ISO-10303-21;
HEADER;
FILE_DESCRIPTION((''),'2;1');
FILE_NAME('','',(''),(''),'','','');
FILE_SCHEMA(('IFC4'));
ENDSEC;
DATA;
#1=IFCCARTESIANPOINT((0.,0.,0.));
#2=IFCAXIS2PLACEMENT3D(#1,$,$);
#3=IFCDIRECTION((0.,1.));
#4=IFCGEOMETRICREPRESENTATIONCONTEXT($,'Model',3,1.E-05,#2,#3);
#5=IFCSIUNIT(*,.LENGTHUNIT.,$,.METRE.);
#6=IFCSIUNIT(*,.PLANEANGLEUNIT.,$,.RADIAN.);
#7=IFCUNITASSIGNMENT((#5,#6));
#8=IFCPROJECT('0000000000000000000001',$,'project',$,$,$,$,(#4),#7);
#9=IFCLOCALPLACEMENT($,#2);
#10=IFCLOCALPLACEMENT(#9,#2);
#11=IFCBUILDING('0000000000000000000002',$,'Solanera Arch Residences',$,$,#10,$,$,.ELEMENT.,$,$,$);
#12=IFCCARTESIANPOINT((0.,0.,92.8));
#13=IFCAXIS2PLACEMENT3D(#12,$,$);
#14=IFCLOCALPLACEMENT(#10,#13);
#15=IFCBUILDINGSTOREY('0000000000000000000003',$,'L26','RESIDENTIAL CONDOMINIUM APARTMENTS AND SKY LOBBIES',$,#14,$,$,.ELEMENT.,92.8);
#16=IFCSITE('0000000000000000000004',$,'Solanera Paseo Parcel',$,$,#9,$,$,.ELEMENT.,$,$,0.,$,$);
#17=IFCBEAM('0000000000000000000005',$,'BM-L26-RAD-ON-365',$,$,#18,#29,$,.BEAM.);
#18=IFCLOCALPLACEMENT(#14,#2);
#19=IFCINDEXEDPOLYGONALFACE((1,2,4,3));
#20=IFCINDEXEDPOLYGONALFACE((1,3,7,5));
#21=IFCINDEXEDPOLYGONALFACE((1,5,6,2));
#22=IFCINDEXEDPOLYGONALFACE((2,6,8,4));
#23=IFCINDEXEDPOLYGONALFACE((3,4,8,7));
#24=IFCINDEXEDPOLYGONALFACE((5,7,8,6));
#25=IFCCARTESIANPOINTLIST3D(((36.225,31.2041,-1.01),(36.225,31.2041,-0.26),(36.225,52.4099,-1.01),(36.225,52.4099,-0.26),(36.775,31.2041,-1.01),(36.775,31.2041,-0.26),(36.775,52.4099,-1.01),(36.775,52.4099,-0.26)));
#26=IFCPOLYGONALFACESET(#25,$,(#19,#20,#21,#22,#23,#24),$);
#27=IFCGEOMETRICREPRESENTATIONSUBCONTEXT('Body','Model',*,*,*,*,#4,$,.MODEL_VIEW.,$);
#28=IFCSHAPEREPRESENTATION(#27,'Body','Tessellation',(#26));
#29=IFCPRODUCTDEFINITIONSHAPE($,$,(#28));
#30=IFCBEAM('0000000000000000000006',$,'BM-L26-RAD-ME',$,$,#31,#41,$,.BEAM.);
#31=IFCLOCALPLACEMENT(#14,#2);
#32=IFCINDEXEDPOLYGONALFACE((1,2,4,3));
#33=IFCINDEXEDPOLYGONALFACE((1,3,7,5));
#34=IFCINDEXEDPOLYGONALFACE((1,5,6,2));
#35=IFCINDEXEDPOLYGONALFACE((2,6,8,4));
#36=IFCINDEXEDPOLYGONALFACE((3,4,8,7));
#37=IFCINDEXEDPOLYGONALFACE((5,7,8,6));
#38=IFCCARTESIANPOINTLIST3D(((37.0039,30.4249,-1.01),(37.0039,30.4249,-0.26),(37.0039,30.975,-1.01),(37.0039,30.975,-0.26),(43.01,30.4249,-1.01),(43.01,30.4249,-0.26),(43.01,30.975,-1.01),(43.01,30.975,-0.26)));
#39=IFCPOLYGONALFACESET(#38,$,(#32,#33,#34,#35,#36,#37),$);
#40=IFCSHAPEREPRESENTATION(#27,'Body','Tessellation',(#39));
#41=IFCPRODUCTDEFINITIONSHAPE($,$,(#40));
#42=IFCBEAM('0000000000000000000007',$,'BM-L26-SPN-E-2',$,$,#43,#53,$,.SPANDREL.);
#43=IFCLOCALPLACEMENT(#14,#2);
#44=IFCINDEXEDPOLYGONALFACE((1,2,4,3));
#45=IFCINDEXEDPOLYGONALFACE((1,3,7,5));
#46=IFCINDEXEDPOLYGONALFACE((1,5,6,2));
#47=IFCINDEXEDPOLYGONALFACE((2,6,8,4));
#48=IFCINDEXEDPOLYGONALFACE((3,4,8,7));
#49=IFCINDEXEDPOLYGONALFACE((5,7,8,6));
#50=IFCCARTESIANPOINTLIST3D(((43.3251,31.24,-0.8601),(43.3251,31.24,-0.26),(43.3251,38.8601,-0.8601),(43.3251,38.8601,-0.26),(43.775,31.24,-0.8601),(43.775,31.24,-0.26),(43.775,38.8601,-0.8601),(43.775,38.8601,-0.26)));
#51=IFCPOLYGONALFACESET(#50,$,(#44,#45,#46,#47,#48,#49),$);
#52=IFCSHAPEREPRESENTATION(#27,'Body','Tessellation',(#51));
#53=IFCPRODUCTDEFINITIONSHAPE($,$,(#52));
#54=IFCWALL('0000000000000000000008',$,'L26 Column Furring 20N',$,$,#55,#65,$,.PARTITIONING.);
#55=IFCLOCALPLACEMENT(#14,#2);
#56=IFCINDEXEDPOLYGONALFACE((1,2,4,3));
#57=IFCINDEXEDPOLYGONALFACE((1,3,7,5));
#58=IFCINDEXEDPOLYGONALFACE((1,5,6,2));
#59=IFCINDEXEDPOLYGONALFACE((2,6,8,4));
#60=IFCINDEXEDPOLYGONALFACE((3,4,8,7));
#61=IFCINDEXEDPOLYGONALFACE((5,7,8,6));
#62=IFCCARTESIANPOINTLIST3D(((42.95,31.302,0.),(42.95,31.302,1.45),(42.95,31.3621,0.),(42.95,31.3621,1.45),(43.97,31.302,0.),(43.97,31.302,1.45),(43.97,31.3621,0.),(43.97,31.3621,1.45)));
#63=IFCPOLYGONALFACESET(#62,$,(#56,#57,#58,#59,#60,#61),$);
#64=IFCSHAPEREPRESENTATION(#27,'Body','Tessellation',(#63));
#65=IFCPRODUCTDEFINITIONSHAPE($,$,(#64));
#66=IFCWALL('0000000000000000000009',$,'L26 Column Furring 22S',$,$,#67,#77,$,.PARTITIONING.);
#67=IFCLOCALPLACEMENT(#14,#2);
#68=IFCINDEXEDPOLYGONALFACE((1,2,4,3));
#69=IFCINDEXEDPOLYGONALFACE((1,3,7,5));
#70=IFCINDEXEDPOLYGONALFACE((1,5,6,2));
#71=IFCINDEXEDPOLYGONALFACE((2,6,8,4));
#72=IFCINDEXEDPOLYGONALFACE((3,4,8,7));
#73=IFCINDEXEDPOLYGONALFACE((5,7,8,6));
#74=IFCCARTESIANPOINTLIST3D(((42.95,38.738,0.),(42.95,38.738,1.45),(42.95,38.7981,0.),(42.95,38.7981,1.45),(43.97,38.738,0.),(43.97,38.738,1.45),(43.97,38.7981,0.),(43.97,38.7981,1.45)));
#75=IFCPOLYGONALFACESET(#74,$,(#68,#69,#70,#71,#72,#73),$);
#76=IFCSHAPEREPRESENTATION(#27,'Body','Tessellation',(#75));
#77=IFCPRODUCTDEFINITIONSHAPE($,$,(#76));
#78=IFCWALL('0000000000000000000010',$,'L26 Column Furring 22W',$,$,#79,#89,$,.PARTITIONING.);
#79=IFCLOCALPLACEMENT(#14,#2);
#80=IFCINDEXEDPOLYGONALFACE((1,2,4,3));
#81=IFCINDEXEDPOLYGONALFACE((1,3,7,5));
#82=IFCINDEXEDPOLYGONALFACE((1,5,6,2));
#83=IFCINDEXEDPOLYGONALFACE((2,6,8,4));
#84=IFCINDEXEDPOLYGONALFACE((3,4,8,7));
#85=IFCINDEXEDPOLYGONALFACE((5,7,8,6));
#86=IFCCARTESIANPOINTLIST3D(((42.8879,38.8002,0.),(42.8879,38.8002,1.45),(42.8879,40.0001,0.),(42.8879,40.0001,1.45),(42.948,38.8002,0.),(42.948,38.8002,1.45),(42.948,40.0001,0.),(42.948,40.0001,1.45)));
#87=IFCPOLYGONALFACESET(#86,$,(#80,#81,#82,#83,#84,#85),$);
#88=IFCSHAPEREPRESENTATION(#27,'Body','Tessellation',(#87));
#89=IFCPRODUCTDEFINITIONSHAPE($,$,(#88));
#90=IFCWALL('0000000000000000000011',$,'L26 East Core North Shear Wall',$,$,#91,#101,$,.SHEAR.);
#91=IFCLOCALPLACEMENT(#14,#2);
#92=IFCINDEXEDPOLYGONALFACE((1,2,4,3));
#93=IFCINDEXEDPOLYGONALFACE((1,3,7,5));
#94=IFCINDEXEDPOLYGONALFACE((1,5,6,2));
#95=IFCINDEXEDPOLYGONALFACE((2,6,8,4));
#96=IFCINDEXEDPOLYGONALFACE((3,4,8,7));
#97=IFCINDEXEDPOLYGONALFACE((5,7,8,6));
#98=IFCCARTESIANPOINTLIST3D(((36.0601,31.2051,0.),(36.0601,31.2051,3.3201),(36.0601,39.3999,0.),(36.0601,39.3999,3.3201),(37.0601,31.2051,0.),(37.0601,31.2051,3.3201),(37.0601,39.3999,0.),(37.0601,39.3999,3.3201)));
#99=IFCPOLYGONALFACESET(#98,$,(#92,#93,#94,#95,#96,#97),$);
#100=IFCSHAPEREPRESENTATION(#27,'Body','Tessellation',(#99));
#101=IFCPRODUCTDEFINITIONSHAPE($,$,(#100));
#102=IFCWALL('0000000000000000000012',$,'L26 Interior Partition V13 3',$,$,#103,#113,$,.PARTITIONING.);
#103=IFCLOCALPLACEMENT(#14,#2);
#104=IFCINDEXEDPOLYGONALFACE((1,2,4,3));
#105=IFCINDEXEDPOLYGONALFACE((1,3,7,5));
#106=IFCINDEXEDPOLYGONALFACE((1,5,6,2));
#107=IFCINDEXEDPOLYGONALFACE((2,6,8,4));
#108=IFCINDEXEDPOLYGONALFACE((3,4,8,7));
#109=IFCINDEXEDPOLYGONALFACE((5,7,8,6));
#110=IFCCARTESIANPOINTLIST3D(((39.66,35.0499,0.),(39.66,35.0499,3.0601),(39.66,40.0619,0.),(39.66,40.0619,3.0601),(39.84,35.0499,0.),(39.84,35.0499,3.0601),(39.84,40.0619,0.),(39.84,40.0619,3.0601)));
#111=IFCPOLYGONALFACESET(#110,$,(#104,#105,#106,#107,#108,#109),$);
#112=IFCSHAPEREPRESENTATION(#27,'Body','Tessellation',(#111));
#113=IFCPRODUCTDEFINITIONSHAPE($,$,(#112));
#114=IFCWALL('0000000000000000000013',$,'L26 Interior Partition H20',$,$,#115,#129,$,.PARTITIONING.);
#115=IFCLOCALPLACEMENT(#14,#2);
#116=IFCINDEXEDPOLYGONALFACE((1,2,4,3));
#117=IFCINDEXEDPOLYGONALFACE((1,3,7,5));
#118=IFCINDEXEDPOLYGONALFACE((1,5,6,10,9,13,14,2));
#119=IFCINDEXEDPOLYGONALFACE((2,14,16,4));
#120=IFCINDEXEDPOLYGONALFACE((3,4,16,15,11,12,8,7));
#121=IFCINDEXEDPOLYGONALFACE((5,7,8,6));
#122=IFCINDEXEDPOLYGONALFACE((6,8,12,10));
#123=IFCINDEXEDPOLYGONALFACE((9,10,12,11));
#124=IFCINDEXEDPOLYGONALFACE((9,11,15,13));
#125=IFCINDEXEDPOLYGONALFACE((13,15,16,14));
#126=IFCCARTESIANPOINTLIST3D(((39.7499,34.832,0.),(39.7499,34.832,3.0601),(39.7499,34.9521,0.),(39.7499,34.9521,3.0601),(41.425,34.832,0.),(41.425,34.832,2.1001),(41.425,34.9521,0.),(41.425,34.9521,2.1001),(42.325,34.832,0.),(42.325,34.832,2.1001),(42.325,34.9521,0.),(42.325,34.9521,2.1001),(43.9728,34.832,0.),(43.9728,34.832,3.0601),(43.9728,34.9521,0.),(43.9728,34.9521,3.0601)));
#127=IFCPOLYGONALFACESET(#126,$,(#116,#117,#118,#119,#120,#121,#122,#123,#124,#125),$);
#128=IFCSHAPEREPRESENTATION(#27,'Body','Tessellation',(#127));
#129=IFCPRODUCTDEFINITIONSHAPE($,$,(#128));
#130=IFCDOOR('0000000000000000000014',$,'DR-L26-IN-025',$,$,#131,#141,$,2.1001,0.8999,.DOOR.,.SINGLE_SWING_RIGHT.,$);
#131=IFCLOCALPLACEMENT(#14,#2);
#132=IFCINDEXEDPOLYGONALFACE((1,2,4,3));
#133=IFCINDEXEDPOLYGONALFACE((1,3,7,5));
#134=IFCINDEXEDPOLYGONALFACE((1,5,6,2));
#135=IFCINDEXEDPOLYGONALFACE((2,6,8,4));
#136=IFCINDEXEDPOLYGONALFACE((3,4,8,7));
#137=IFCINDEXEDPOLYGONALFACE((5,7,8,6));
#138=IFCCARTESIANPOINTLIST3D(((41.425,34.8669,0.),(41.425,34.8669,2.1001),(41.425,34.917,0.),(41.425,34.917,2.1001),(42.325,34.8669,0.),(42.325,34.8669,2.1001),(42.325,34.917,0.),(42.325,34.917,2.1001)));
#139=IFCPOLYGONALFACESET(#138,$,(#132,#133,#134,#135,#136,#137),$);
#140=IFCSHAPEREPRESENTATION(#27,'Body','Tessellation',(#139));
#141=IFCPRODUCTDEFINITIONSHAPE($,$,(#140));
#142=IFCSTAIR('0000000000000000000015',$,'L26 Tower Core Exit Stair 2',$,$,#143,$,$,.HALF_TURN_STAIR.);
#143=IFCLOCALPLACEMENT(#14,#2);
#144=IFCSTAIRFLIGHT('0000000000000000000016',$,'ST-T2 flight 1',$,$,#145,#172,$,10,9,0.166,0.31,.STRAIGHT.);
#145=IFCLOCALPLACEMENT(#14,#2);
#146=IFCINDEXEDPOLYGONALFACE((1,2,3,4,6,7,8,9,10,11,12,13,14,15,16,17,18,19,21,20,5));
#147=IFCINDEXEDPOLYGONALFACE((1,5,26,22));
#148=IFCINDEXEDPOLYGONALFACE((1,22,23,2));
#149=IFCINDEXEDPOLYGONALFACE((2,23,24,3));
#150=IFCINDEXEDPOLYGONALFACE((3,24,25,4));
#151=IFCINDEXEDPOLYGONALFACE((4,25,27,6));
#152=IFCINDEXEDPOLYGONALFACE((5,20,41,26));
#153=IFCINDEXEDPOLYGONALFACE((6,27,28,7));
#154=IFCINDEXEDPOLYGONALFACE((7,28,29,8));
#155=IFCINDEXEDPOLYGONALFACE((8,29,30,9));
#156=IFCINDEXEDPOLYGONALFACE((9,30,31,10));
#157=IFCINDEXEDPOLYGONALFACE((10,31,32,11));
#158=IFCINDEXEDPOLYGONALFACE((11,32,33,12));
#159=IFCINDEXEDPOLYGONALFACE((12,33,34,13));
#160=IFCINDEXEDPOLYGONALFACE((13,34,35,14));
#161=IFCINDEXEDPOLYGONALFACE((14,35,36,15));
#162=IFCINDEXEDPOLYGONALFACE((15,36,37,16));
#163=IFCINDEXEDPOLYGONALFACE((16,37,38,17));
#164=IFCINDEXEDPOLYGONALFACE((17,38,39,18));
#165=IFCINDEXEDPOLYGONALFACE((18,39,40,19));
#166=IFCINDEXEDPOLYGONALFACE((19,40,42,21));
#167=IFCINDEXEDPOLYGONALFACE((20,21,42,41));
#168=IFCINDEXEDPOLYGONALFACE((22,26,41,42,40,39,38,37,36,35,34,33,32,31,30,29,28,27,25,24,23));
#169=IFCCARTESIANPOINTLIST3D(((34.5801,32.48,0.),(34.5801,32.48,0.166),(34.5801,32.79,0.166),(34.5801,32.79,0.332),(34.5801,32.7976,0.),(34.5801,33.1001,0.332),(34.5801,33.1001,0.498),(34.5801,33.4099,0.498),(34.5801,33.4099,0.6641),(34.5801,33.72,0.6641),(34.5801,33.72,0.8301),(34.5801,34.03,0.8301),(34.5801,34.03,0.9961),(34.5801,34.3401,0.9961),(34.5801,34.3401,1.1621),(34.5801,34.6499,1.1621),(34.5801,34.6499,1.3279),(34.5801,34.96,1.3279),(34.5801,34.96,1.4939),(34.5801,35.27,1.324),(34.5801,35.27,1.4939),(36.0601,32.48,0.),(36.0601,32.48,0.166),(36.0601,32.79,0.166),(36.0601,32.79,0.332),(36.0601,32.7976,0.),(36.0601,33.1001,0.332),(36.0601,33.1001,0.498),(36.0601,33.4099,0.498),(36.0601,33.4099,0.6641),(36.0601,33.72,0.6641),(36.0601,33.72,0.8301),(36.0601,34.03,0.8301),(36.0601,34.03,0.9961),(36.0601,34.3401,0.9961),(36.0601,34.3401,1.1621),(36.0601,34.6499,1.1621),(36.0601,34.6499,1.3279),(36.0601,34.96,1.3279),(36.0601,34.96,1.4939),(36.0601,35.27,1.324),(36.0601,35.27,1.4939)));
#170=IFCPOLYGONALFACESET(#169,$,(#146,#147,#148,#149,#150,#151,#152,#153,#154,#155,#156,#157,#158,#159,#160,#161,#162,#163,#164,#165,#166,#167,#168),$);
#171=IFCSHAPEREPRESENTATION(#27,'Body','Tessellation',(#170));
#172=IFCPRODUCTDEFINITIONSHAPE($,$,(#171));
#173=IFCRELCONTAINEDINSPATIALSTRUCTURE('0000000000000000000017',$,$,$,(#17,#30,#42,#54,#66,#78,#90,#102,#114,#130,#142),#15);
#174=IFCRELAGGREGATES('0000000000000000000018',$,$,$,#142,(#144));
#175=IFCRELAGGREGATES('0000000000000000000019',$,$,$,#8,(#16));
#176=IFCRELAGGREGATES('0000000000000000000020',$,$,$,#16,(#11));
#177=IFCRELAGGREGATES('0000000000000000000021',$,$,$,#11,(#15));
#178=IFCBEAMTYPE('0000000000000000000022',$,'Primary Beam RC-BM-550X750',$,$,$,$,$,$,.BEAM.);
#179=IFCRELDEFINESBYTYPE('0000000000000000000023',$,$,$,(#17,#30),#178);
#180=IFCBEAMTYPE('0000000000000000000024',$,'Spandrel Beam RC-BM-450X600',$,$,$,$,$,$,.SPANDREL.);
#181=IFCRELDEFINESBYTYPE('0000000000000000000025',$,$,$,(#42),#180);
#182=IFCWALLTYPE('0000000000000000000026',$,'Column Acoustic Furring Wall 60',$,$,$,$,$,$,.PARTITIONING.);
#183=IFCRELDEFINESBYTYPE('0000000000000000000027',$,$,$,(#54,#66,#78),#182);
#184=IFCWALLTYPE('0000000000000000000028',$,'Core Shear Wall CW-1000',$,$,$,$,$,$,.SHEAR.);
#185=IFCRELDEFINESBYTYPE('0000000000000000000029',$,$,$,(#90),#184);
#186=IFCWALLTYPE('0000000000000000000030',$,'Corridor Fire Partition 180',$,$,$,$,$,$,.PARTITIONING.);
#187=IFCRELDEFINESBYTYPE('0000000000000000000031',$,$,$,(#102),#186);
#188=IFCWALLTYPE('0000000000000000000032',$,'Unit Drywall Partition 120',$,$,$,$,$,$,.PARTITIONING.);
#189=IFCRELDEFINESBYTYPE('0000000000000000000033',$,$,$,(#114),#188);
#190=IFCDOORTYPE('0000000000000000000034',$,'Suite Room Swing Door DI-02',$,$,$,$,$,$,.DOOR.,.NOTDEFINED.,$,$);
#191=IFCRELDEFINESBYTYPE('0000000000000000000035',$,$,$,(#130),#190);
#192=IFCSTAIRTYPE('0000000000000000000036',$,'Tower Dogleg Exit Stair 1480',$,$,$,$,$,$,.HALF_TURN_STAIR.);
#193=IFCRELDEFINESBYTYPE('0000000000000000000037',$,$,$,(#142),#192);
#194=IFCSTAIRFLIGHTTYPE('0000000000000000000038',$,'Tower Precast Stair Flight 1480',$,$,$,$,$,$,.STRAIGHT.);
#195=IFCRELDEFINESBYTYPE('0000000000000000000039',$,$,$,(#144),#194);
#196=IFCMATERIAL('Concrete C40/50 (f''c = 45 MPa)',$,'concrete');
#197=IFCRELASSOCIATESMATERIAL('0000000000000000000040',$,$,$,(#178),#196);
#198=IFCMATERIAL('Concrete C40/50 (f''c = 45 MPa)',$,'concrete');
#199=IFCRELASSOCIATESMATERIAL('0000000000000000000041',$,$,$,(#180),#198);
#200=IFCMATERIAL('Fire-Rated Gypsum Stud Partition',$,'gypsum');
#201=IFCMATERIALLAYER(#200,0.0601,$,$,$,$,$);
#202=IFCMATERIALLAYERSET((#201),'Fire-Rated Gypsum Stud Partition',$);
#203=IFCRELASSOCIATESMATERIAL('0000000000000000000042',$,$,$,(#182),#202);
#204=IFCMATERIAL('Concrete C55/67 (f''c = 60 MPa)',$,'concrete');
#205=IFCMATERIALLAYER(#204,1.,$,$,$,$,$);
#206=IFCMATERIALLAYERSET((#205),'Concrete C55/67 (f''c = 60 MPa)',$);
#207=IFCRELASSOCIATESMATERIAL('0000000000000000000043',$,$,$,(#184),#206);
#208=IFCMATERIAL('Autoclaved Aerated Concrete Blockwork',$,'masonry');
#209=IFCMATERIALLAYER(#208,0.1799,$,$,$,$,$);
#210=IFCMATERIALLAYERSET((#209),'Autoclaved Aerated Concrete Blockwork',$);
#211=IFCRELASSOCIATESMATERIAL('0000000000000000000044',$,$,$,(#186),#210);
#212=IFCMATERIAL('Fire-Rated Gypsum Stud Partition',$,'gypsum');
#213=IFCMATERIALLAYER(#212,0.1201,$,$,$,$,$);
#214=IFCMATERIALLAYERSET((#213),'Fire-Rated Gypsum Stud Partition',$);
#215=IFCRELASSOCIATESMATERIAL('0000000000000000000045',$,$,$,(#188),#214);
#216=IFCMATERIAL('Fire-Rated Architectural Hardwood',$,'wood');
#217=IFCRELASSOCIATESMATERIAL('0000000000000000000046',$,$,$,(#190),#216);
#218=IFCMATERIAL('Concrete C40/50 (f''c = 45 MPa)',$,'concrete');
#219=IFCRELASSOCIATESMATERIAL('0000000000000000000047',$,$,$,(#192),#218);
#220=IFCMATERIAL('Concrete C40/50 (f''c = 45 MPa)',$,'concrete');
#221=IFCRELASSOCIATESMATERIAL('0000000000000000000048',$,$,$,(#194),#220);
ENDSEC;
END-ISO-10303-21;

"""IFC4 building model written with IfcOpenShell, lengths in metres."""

from ifc_helpers import new_model, si_unit, direction, frame, frame_2d, origin, origin_2d, place, context, subcontext, project, spatial, polyline, rectangle, outline, extrude, material, layer, layer_set, material_profile, profile_set, type_object, element, fill, aggregate, save


model = new_model("IFC4")

# Units and contexts
model_context = context("Model", 3, precision=1e-05, world=origin(), true_north=direction((0.0, 1.0)))
body_context = subcontext(model_context, "Body", "Model", "MODEL_VIEW")
ifc_project = project(units=[si_unit("LENGTHUNIT", "METRE"), si_unit("PLANEANGLEUNIT", "RADIAN")], contexts=[model_context])

# Site, building, storey
site_placement = place(None, origin())
site = spatial("IfcSite", under=ifc_project, at=site_placement, Name="Solanera Paseo Parcel", CompositionType="ELEMENT", RefElevation=0.0)
building_placement = place(site_placement, origin())
building = spatial("IfcBuilding", under=site, at=building_placement, Name="Solanera Arch Residences", CompositionType="ELEMENT")
storey_placement = place(building_placement, frame((0.0, 0.0, 92.8)))
storey = spatial("IfcBuildingStorey", under=building, at=storey_placement, Name="L26", Description="RESIDENTIAL CONDOMINIUM APARTMENTS AND SKY LOBBIES", CompositionType="ELEMENT", Elevation=92.8)

# Beams
ifc_material_1 = material(Name="Concrete C40/50 (f'c = 45 MPa)", Category="concrete")
ifc_material_profile_1 = material_profile(ifc_material_1, rectangle(XDim=0.55, YDim=0.75, at=origin_2d()))
ifc_profile_set_1 = profile_set([ifc_material_profile_1], Name="Concrete C40/50 (f'c = 45 MPa)")
beam_type_1 = type_object("IfcBeamType", Name="Primary Beam RC-BM-550X750", PredefinedType="BEAM", material=ifc_profile_set_1)
beam_1_placement = place(storey_placement, frame((36.5, 31.2041, -0.635), z_axis=(0.0, 1.0, 0.0), x_axis=(-1.0, 0.0, 0.0)))
element("IfcBeam", 1, at=beam_1_placement, inside=storey, type_object=beam_type_1, Name="BM-L26-RAD-ON-365", PredefinedType="BEAM", context=body_context, shape_type="SweptSolid", body=[
    extrude(rectangle(XDim=0.55, YDim=0.75, at=origin_2d()), origin(), (0.0, 0.0, 1.0), 21.2058),
])
beam_2_placement = place(storey_placement, frame((37.0039, 30.7, -0.635), z_axis=(1.0, 0.0, 0.0), x_axis=(0.0, 1.0, 0.0)))
element("IfcBeam", 2, at=beam_2_placement, inside=storey, type_object=beam_type_1, Name="BM-L26-RAD-ME", PredefinedType="BEAM", context=body_context, shape_type="SweptSolid", body=[
    extrude(rectangle(XDim=0.55, YDim=0.75, at=origin_2d()), origin(), (0.0, 0.0, 1.0), 6.0061),
])
ifc_material_2 = material(Name="Concrete C40/50 (f'c = 45 MPa)", Category="concrete")
ifc_material_profile_2 = material_profile(ifc_material_2, rectangle(XDim=0.45, YDim=0.6001, at=origin_2d()))
ifc_profile_set_2 = profile_set([ifc_material_profile_2], Name="Concrete C40/50 (f'c = 45 MPa)")
beam_type_2 = type_object("IfcBeamType", Name="Spandrel Beam RC-BM-450X600", PredefinedType="SPANDREL", material=ifc_profile_set_2)
beam_3_placement = place(storey_placement, frame((43.55, 31.24, -0.5601), z_axis=(0.0, 1.0, 0.0), x_axis=(-1.0, 0.0, 0.0)))
element("IfcBeam", 3, at=beam_3_placement, inside=storey, type_object=beam_type_2, Name="BM-L26-SPN-E-2", PredefinedType="SPANDREL", context=body_context, shape_type="SweptSolid", body=[
    extrude(rectangle(XDim=0.45, YDim=0.6001, at=origin_2d()), origin(), (0.0, 0.0, 1.0), 7.6201),
])

# Walls
ifc_material_3 = material(Name="Fire-Rated Gypsum Stud Partition", Category="gypsum")
ifc_layer_1 = layer(ifc_material_3, 0.0601)
ifc_layer_set_1 = layer_set([ifc_layer_1], Name="Fire-Rated Gypsum Stud Partition")
wall_type_1 = type_object("IfcWallType", Name="Column Acoustic Furring Wall 60", PredefinedType="PARTITIONING", material=ifc_layer_set_1)
for number, where, z_axis, x_axis, name in (
    (4, (42.95, 31.332, 0.0), (0.0, 0.0, 1.0), (1.0, 0.0, 0.0), "L26 Column Furring 20N"),
    (5, (42.95, 38.7681, 0.0), (0.0, 0.0, 1.0), (1.0, 0.0, 0.0), "L26 Column Furring 22S"),
):
    element("IfcWall", number, at=place(storey_placement, frame(where, z_axis=z_axis, x_axis=x_axis)), inside=storey, type_object=wall_type_1, Name=name, PredefinedType="PARTITIONING", context=body_context, shape_type="SweptSolid", body=[
        extrude(rectangle(XDim=1.02, YDim=0.0601, at=frame_2d((0.51, 0.0))), origin(), (0.0, 0.0, 1.0), 1.45),
    ])
wall_1_placement = place(storey_placement, frame((42.918, 38.8, 0.0), z_axis=(0.0, 0.0, 1.0), x_axis=(0.0, 1.0, 0.0)))
element("IfcWall", 6, at=wall_1_placement, inside=storey, type_object=wall_type_1, Name="L26 Column Furring 22W", PredefinedType="PARTITIONING", context=body_context, shape_type="SweptSolid", body=[
    extrude(rectangle(XDim=1.2, YDim=0.0601, at=frame_2d((0.6001, 0.0))), origin(), (0.0, 0.0, 1.0), 1.45),
])
ifc_material_4 = material(Name="Concrete C55/67 (f'c = 60 MPa)", Category="concrete")
ifc_layer_2 = layer(ifc_material_4, 1.0)
ifc_layer_set_2 = layer_set([ifc_layer_2], Name="Concrete C55/67 (f'c = 60 MPa)")
wall_type_2 = type_object("IfcWallType", Name="Core Shear Wall CW-1000", PredefinedType="SHEAR", material=ifc_layer_set_2)
wall_2_placement = place(storey_placement, frame((36.5601, 31.2051, 0.0), z_axis=(0.0, 0.0, 1.0), x_axis=(0.0, 1.0, 0.0)))
element("IfcWall", 7, at=wall_2_placement, inside=storey, type_object=wall_type_2, Name="L26 East Core North Shear Wall", PredefinedType="SHEAR", context=body_context, shape_type="SweptSolid", body=[
    extrude(rectangle(XDim=8.1948, YDim=1.0, at=frame_2d((4.0974, 0.0))), origin(), (0.0, 0.0, 1.0), 3.3201),
])

# Wall
ifc_material_5 = material(Name="Autoclaved Aerated Concrete Blockwork", Category="masonry")
ifc_layer_3 = layer(ifc_material_5, 0.1799)
ifc_layer_set_3 = layer_set([ifc_layer_3], Name="Autoclaved Aerated Concrete Blockwork")
wall_type_3 = type_object("IfcWallType", Name="Corridor Fire Partition 180", PredefinedType="PARTITIONING", material=ifc_layer_set_3)
wall_3_placement = place(storey_placement, frame((39.75, 35.05, 0.0), z_axis=(0.0, 0.0, 1.0), x_axis=(0.0, 1.0, 0.0)))
element("IfcWall", 8, at=wall_3_placement, inside=storey, type_object=wall_type_3, Name="L26 Interior Partition V13 3", PredefinedType="PARTITIONING", context=body_context, shape_type="SweptSolid", body=[
    extrude(rectangle(XDim=5.012, YDim=0.1799, at=frame_2d((2.5059, 0.0))), origin(), (0.0, 0.0, 1.0), 3.0601),
])

# Wall, opening, door
ifc_material_6 = material(Name="Fire-Rated Gypsum Stud Partition", Category="gypsum")
ifc_layer_4 = layer(ifc_material_6, 0.1201)
ifc_layer_set_4 = layer_set([ifc_layer_4], Name="Fire-Rated Gypsum Stud Partition")
wall_type_4 = type_object("IfcWallType", Name="Unit Drywall Partition 120", PredefinedType="PARTITIONING", material=ifc_layer_set_4)
wall_4_placement = place(storey_placement, frame((39.75, 34.8921, 0.0), z_axis=(0.0, 0.0, 1.0), x_axis=(1.0, 0.0, 0.0)))
wall_4 = element("IfcWall", 9, at=wall_4_placement, inside=storey, type_object=wall_type_4, Name="L26 Interior Partition H20", PredefinedType="PARTITIONING", context=body_context, shape_type="SweptSolid", body=[
    extrude(rectangle(XDim=4.2229, YDim=0.1201, at=frame_2d((2.1113, 0.0))), origin(), (0.0, 0.0, 1.0), 3.0601),
])
opening_1_placement = place(wall_4_placement, frame((1.675, 0.0, 0.0)))
opening_1 = element("IfcOpeningElement", 10, at=opening_1_placement, cuts=wall_4, PredefinedType="OPENING", context=body_context, shape_type="SweptSolid", body=[
    extrude(rectangle(XDim=0.8999, YDim=2.1001, at=frame_2d((0.45, 1.05))), frame((0.0, 0.0701, 0.0), z_axis=(0.0, -1.0, 0.0), x_axis=(1.0, 0.0, 0.0)), (0.0, 0.0, 1.0), 0.1401),
])
ifc_material_7 = material(Name="Fire-Rated Architectural Hardwood", Category="wood")
door_type_1 = type_object("IfcDoorType", Name="Suite Room Swing Door DI-02", OperationType="NOTDEFINED", PredefinedType="DOOR", material=ifc_material_7)
door_1_placement = place(opening_1_placement, origin())
door_1 = element("IfcDoor", 11, at=door_1_placement, inside=storey, type_object=door_type_1, Name="DR-L26-IN-025", OperationType="SINGLE_SWING_RIGHT", OverallHeight=2.1001, OverallWidth=0.8999, PredefinedType="DOOR", context=body_context, shape_type="SweptSolid", body=[
    extrude(rectangle(XDim=0.8999, YDim=2.1001, at=frame_2d((0.45, 1.05))), frame((0.0, 0.0249, 0.0), z_axis=(0.0, -1.0, 0.0), x_axis=(1.0, 0.0, 0.0)), (0.0, 0.0, 1.0), 0.05),
])
fill(opening_1, door_1)

# Stair, stair flight
ifc_material_8 = material(Name="Concrete C40/50 (f'c = 45 MPa)", Category="concrete")
stair_type = type_object("IfcStairType", Name="Tower Dogleg Exit Stair 1480", PredefinedType="HALF_TURN_STAIR", material=ifc_material_8)
stair_placement = place(storey_placement, origin())
stair = element("IfcStair", 12, at=stair_placement, inside=storey, type_object=stair_type, Name="L26 Tower Core Exit Stair 2", PredefinedType="HALF_TURN_STAIR")
ifc_material_9 = material(Name="Concrete C40/50 (f'c = 45 MPa)", Category="concrete")
stair_flight_type = type_object("IfcStairFlightType", Name="Tower Precast Stair Flight 1480", PredefinedType="STRAIGHT", material=ifc_material_9)
stair_flight_1_placement = place(storey_placement, frame((35.3201, 32.48, 0.0), z_axis=(0.0, 0.0, 1.0), x_axis=(0.0, 1.0, 0.0)))
stair_flight_1 = element("IfcStairFlight", 13, at=stair_flight_1_placement, type_object=stair_flight_type, Name="ST-T2 flight 1", NumberOfRisers=10, NumberOfTreads=9, PredefinedType="STRAIGHT", RiserHeight=0.166, TreadLength=0.31, context=body_context, shape_type="SweptSolid", body=[
    extrude(outline(polyline([(0.0, 0.0), (0.0, 0.166), (0.3101, 0.166), (0.3101, 0.332), (0.6201, 0.332), (0.6201, 0.498), (0.9299, 0.498), (0.9299, 0.6641), (1.24, 0.6641), (1.24, 0.8301), (1.55, 0.8301), (1.55, 0.9961), (1.8601, 0.9961), (1.8601, 1.1621), (2.1699, 1.1621), (2.1699, 1.3279), (2.48, 1.3279), (2.48, 1.4939), (2.79, 1.4939), (2.79, 1.6599), (2.79, 1.324), (0.3176, 0.0), (0.0, 0.0)])), frame((0.0, 0.74, 0.0), z_axis=(0.0, -1.0, 0.0), x_axis=(1.0, 0.0, 0.0)), (0.0, 0.0, 1.0), 1.48),
])
aggregate(stair, [stair_flight_1])

save(model, "model.ifc")
